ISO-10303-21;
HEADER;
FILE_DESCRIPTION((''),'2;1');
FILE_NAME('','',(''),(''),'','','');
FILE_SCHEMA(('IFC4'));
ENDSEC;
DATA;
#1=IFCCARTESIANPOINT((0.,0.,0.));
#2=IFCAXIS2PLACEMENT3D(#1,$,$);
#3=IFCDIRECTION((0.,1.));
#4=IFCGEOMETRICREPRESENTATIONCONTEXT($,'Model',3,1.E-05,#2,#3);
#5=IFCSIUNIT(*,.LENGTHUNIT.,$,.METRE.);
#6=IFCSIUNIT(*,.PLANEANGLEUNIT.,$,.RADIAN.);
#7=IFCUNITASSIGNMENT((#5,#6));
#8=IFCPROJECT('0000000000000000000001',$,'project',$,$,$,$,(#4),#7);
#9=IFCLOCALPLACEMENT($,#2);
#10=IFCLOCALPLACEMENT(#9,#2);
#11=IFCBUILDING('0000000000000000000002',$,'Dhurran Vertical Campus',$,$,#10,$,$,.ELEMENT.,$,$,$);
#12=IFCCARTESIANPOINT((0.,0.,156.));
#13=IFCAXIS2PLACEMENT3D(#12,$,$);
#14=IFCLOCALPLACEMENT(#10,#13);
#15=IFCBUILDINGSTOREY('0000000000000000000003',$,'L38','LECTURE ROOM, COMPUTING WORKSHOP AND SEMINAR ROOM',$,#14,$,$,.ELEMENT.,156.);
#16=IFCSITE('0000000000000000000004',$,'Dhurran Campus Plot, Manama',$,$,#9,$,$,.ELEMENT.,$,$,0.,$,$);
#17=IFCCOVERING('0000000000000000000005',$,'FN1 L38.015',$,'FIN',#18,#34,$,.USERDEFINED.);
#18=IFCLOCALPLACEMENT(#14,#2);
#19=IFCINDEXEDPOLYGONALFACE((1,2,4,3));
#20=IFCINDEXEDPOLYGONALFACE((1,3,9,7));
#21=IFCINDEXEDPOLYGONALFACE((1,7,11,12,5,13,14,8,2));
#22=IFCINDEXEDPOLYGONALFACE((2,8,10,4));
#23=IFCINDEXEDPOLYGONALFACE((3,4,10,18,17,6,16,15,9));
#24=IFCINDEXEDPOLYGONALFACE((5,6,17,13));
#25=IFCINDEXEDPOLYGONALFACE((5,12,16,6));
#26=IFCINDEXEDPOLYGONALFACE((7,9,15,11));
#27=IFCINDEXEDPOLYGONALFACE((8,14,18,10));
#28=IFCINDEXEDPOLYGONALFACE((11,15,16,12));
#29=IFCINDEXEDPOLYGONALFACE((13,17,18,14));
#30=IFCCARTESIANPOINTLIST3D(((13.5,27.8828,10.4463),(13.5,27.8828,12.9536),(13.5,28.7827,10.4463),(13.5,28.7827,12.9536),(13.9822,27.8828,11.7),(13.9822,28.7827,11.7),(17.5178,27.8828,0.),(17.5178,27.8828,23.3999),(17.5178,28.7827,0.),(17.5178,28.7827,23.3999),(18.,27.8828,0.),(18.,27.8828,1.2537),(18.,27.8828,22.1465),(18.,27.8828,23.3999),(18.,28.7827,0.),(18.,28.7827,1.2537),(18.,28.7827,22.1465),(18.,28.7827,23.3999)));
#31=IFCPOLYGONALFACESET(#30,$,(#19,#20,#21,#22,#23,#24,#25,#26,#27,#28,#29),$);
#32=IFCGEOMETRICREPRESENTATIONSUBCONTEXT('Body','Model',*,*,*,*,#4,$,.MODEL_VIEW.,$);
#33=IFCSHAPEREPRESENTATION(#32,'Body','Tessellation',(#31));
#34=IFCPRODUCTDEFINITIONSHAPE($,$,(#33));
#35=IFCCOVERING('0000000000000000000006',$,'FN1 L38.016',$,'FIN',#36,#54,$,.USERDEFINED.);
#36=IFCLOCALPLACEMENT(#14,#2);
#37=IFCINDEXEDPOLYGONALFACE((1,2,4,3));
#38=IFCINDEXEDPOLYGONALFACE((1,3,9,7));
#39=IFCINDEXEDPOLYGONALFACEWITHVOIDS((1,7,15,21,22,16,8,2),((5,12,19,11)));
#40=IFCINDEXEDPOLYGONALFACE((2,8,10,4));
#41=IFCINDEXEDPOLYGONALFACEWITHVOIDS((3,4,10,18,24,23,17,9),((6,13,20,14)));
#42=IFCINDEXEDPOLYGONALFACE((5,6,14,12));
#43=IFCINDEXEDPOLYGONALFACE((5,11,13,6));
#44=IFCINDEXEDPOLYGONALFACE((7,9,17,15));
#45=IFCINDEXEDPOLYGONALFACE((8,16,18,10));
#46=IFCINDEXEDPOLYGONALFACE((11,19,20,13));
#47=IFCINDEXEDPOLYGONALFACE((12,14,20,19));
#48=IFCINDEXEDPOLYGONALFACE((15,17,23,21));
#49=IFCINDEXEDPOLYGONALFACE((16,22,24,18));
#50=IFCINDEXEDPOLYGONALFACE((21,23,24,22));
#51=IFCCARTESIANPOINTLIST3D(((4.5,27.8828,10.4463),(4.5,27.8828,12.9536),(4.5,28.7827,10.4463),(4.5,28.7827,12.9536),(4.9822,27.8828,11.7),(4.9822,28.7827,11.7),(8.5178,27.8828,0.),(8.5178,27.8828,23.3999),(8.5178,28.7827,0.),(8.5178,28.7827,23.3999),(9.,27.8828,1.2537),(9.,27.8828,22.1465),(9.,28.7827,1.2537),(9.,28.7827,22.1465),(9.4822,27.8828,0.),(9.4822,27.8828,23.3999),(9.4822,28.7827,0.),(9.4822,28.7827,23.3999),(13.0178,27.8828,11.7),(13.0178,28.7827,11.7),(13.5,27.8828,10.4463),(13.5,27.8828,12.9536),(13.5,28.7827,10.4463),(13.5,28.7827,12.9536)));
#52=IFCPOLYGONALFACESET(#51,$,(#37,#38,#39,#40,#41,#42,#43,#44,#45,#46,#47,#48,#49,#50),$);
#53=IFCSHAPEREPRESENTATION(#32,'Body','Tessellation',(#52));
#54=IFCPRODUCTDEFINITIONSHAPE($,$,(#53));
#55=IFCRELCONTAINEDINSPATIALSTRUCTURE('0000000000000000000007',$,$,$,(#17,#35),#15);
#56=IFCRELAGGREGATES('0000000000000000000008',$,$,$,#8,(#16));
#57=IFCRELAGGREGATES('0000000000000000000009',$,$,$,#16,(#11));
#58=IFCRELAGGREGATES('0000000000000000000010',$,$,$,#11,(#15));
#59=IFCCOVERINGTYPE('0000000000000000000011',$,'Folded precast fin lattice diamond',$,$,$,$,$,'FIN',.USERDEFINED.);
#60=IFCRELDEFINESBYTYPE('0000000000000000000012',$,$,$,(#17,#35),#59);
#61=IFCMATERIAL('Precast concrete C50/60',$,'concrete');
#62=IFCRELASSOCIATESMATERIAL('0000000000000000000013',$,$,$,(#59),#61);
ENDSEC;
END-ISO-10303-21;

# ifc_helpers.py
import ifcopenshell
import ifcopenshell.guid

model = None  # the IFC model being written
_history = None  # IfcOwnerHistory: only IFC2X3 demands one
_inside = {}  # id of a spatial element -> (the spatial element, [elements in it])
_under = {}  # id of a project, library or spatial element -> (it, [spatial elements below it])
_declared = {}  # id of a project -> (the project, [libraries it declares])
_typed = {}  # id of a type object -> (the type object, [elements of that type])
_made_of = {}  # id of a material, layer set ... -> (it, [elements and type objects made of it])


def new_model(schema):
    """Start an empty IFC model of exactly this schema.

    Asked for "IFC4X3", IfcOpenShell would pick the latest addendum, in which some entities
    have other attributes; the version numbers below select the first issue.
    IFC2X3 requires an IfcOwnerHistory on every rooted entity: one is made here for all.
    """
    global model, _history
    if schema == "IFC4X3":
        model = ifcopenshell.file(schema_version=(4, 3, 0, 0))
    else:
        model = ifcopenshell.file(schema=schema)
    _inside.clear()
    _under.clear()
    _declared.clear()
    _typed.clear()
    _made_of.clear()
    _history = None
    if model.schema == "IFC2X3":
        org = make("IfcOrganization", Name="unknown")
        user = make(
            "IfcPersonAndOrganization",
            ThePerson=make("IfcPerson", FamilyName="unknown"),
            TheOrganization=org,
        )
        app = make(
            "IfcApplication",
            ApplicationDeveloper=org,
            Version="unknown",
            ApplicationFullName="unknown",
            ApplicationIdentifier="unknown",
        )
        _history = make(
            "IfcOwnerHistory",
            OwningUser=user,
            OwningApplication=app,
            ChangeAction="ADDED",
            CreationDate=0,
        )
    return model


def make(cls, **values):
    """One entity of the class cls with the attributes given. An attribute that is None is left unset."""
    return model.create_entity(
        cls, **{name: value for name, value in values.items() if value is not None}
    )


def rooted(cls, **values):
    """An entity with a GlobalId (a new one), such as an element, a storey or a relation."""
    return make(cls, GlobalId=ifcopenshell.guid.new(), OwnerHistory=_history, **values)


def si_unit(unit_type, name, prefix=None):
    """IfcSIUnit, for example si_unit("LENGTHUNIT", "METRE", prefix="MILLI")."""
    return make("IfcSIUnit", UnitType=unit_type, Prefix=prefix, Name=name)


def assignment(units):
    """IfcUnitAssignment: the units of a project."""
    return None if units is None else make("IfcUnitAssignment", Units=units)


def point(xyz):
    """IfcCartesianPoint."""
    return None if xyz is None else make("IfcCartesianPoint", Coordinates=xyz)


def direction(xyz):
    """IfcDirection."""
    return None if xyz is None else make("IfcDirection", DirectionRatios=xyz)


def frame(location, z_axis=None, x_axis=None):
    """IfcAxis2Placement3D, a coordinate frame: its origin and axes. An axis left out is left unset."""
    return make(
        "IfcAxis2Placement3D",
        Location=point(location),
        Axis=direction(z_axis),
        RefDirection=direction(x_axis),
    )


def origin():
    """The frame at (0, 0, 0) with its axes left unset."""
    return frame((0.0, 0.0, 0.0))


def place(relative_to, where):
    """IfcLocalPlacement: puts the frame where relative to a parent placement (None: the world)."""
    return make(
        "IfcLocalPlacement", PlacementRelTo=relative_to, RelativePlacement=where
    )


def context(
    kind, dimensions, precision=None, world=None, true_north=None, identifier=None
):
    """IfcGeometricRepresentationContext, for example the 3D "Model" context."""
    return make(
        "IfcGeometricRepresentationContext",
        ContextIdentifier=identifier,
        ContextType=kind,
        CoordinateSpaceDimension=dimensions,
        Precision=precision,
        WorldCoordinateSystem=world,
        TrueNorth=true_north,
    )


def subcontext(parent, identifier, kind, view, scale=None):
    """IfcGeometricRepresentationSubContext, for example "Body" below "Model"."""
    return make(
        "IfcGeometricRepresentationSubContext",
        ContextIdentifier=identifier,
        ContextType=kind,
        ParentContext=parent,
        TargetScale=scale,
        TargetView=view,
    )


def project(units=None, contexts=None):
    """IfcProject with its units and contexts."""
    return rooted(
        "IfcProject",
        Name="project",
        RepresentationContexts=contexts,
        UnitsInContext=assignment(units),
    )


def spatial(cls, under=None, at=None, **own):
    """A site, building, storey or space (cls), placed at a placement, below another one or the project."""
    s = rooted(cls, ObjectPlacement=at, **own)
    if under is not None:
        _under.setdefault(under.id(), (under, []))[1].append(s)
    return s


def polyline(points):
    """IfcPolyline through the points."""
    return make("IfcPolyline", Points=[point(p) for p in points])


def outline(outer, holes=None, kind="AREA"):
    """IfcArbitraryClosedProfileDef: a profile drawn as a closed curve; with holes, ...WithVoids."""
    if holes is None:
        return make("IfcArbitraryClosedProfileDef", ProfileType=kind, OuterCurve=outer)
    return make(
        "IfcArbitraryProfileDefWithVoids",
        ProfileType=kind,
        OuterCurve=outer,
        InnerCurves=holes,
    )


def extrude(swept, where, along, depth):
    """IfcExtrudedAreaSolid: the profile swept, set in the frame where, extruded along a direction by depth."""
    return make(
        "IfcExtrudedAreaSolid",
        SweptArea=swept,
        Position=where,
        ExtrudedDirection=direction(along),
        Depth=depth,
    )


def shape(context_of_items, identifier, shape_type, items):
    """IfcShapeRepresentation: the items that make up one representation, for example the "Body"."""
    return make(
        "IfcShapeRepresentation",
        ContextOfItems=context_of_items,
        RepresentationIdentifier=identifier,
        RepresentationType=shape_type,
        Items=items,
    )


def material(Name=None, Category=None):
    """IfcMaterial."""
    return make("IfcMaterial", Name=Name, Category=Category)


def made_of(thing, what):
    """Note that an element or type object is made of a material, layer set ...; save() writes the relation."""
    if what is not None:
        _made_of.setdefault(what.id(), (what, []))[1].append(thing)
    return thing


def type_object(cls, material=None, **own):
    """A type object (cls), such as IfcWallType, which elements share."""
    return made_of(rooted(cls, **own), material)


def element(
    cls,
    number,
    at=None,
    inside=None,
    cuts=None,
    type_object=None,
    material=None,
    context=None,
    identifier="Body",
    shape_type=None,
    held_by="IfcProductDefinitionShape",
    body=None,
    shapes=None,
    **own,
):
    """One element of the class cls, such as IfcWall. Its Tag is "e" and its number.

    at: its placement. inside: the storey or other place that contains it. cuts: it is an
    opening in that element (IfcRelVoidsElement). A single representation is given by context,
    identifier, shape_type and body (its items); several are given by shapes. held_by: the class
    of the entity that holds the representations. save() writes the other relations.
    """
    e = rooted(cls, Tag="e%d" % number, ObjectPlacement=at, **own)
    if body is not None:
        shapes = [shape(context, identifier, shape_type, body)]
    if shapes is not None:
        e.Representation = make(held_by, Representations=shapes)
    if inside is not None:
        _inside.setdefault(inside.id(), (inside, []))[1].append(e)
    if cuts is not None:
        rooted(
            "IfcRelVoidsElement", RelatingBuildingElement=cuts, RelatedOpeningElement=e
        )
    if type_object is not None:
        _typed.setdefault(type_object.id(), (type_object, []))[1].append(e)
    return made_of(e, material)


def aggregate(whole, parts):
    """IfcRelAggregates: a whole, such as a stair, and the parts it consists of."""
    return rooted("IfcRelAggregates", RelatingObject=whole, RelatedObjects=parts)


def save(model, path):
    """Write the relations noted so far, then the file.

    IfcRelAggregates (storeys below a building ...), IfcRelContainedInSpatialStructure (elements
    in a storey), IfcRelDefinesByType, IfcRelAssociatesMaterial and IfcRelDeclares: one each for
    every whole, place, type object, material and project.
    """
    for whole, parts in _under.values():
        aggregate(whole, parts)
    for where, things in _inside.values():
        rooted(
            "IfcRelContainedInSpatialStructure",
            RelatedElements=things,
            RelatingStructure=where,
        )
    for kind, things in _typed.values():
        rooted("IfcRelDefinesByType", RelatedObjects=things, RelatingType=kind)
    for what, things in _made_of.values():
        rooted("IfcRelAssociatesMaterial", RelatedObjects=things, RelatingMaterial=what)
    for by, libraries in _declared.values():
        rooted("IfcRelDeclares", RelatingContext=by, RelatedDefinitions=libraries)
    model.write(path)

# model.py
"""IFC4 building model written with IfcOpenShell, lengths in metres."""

from ifc_helpers import new_model, si_unit, direction, frame, origin, place, context, subcontext, project, spatial, polyline, outline, extrude, material, type_object, element, save


model = new_model("IFC4")

# Units and contexts
model_context = context("Model", 3, precision=1e-05, world=origin(), true_north=direction((0.0, 1.0)))
body_context = subcontext(model_context, "Body", "Model", "MODEL_VIEW")
ifc_project = project(units=[si_unit("LENGTHUNIT", "METRE"), si_unit("PLANEANGLEUNIT", "RADIAN")], contexts=[model_context])

# Site, building, storey
site_placement = place(None, origin())
site = spatial("IfcSite", under=ifc_project, at=site_placement, Name="Dhurran Campus Plot, Manama", CompositionType="ELEMENT", RefElevation=0.0)
building_placement = place(site_placement, origin())
building = spatial("IfcBuilding", under=site, at=building_placement, Name="Dhurran Vertical Campus", CompositionType="ELEMENT")
storey_placement = place(building_placement, frame((0.0, 0.0, 156.0)))
storey = spatial("IfcBuildingStorey", under=building, at=storey_placement, Name="L38", Description="LECTURE ROOM, COMPUTING WORKSHOP AND SEMINAR ROOM", CompositionType="ELEMENT", Elevation=156.0)

# Coverings
ifc_material_1 = material(Name="Precast concrete C50/60", Category="concrete")
covering_type = type_object("IfcCoveringType", Name="Folded precast fin lattice diamond", ElementType="FIN", PredefinedType="USERDEFINED", material=ifc_material_1)
covering_1_placement = place(storey_placement, frame((18.0, 27.8828, 0.0), z_axis=(0.0, 1.0, 0.0), x_axis=(-1.0, 0.0, 0.0)))
element("IfcCovering", 1, at=covering_1_placement, inside=storey, type_object=covering_type, Name="FN1 L38.015", ObjectType="FIN", PredefinedType="USERDEFINED", context=body_context, shape_type="SweptSolid", body=[
    extrude(outline(polyline([(4.5, 10.4463), (0.4822, 0.0), (0.0, 0.0), (0.0, 1.2537), (4.0178, 11.7), (0.0, 22.1465), (0.0, 23.3999), (0.4822, 23.3999), (4.5, 12.9536), (4.5, 10.4463)])), origin(), (0.0, 0.0, 1.0), 0.8999),
])
covering_2_placement = place(storey_placement, frame((13.5, 27.8828, 0.0), z_axis=(0.0, 1.0, 0.0), x_axis=(-1.0, 0.0, 0.0)))
element("IfcCovering", 2, at=covering_2_placement, inside=storey, type_object=covering_type, Name="FN1 L38.016", ObjectType="FIN", PredefinedType="USERDEFINED", context=body_context, shape_type="SweptSolid", body=[
    extrude(outline(polyline([(9.0, 12.9536), (9.0, 10.4463), (4.9822, 0.0), (4.0178, 0.0), (0.0, 10.4463), (0.0, 12.9536), (4.0178, 23.3999), (4.9822, 23.3999), (9.0, 12.9536)]), holes=[polyline([(8.5178, 11.7), (4.5, 22.1465), (0.4822, 11.7), (4.5, 1.2537), (8.5178, 11.7)])]), origin(), (0.0, 0.0, 1.0), 0.8999),
])

save(model, "model.ifc")
